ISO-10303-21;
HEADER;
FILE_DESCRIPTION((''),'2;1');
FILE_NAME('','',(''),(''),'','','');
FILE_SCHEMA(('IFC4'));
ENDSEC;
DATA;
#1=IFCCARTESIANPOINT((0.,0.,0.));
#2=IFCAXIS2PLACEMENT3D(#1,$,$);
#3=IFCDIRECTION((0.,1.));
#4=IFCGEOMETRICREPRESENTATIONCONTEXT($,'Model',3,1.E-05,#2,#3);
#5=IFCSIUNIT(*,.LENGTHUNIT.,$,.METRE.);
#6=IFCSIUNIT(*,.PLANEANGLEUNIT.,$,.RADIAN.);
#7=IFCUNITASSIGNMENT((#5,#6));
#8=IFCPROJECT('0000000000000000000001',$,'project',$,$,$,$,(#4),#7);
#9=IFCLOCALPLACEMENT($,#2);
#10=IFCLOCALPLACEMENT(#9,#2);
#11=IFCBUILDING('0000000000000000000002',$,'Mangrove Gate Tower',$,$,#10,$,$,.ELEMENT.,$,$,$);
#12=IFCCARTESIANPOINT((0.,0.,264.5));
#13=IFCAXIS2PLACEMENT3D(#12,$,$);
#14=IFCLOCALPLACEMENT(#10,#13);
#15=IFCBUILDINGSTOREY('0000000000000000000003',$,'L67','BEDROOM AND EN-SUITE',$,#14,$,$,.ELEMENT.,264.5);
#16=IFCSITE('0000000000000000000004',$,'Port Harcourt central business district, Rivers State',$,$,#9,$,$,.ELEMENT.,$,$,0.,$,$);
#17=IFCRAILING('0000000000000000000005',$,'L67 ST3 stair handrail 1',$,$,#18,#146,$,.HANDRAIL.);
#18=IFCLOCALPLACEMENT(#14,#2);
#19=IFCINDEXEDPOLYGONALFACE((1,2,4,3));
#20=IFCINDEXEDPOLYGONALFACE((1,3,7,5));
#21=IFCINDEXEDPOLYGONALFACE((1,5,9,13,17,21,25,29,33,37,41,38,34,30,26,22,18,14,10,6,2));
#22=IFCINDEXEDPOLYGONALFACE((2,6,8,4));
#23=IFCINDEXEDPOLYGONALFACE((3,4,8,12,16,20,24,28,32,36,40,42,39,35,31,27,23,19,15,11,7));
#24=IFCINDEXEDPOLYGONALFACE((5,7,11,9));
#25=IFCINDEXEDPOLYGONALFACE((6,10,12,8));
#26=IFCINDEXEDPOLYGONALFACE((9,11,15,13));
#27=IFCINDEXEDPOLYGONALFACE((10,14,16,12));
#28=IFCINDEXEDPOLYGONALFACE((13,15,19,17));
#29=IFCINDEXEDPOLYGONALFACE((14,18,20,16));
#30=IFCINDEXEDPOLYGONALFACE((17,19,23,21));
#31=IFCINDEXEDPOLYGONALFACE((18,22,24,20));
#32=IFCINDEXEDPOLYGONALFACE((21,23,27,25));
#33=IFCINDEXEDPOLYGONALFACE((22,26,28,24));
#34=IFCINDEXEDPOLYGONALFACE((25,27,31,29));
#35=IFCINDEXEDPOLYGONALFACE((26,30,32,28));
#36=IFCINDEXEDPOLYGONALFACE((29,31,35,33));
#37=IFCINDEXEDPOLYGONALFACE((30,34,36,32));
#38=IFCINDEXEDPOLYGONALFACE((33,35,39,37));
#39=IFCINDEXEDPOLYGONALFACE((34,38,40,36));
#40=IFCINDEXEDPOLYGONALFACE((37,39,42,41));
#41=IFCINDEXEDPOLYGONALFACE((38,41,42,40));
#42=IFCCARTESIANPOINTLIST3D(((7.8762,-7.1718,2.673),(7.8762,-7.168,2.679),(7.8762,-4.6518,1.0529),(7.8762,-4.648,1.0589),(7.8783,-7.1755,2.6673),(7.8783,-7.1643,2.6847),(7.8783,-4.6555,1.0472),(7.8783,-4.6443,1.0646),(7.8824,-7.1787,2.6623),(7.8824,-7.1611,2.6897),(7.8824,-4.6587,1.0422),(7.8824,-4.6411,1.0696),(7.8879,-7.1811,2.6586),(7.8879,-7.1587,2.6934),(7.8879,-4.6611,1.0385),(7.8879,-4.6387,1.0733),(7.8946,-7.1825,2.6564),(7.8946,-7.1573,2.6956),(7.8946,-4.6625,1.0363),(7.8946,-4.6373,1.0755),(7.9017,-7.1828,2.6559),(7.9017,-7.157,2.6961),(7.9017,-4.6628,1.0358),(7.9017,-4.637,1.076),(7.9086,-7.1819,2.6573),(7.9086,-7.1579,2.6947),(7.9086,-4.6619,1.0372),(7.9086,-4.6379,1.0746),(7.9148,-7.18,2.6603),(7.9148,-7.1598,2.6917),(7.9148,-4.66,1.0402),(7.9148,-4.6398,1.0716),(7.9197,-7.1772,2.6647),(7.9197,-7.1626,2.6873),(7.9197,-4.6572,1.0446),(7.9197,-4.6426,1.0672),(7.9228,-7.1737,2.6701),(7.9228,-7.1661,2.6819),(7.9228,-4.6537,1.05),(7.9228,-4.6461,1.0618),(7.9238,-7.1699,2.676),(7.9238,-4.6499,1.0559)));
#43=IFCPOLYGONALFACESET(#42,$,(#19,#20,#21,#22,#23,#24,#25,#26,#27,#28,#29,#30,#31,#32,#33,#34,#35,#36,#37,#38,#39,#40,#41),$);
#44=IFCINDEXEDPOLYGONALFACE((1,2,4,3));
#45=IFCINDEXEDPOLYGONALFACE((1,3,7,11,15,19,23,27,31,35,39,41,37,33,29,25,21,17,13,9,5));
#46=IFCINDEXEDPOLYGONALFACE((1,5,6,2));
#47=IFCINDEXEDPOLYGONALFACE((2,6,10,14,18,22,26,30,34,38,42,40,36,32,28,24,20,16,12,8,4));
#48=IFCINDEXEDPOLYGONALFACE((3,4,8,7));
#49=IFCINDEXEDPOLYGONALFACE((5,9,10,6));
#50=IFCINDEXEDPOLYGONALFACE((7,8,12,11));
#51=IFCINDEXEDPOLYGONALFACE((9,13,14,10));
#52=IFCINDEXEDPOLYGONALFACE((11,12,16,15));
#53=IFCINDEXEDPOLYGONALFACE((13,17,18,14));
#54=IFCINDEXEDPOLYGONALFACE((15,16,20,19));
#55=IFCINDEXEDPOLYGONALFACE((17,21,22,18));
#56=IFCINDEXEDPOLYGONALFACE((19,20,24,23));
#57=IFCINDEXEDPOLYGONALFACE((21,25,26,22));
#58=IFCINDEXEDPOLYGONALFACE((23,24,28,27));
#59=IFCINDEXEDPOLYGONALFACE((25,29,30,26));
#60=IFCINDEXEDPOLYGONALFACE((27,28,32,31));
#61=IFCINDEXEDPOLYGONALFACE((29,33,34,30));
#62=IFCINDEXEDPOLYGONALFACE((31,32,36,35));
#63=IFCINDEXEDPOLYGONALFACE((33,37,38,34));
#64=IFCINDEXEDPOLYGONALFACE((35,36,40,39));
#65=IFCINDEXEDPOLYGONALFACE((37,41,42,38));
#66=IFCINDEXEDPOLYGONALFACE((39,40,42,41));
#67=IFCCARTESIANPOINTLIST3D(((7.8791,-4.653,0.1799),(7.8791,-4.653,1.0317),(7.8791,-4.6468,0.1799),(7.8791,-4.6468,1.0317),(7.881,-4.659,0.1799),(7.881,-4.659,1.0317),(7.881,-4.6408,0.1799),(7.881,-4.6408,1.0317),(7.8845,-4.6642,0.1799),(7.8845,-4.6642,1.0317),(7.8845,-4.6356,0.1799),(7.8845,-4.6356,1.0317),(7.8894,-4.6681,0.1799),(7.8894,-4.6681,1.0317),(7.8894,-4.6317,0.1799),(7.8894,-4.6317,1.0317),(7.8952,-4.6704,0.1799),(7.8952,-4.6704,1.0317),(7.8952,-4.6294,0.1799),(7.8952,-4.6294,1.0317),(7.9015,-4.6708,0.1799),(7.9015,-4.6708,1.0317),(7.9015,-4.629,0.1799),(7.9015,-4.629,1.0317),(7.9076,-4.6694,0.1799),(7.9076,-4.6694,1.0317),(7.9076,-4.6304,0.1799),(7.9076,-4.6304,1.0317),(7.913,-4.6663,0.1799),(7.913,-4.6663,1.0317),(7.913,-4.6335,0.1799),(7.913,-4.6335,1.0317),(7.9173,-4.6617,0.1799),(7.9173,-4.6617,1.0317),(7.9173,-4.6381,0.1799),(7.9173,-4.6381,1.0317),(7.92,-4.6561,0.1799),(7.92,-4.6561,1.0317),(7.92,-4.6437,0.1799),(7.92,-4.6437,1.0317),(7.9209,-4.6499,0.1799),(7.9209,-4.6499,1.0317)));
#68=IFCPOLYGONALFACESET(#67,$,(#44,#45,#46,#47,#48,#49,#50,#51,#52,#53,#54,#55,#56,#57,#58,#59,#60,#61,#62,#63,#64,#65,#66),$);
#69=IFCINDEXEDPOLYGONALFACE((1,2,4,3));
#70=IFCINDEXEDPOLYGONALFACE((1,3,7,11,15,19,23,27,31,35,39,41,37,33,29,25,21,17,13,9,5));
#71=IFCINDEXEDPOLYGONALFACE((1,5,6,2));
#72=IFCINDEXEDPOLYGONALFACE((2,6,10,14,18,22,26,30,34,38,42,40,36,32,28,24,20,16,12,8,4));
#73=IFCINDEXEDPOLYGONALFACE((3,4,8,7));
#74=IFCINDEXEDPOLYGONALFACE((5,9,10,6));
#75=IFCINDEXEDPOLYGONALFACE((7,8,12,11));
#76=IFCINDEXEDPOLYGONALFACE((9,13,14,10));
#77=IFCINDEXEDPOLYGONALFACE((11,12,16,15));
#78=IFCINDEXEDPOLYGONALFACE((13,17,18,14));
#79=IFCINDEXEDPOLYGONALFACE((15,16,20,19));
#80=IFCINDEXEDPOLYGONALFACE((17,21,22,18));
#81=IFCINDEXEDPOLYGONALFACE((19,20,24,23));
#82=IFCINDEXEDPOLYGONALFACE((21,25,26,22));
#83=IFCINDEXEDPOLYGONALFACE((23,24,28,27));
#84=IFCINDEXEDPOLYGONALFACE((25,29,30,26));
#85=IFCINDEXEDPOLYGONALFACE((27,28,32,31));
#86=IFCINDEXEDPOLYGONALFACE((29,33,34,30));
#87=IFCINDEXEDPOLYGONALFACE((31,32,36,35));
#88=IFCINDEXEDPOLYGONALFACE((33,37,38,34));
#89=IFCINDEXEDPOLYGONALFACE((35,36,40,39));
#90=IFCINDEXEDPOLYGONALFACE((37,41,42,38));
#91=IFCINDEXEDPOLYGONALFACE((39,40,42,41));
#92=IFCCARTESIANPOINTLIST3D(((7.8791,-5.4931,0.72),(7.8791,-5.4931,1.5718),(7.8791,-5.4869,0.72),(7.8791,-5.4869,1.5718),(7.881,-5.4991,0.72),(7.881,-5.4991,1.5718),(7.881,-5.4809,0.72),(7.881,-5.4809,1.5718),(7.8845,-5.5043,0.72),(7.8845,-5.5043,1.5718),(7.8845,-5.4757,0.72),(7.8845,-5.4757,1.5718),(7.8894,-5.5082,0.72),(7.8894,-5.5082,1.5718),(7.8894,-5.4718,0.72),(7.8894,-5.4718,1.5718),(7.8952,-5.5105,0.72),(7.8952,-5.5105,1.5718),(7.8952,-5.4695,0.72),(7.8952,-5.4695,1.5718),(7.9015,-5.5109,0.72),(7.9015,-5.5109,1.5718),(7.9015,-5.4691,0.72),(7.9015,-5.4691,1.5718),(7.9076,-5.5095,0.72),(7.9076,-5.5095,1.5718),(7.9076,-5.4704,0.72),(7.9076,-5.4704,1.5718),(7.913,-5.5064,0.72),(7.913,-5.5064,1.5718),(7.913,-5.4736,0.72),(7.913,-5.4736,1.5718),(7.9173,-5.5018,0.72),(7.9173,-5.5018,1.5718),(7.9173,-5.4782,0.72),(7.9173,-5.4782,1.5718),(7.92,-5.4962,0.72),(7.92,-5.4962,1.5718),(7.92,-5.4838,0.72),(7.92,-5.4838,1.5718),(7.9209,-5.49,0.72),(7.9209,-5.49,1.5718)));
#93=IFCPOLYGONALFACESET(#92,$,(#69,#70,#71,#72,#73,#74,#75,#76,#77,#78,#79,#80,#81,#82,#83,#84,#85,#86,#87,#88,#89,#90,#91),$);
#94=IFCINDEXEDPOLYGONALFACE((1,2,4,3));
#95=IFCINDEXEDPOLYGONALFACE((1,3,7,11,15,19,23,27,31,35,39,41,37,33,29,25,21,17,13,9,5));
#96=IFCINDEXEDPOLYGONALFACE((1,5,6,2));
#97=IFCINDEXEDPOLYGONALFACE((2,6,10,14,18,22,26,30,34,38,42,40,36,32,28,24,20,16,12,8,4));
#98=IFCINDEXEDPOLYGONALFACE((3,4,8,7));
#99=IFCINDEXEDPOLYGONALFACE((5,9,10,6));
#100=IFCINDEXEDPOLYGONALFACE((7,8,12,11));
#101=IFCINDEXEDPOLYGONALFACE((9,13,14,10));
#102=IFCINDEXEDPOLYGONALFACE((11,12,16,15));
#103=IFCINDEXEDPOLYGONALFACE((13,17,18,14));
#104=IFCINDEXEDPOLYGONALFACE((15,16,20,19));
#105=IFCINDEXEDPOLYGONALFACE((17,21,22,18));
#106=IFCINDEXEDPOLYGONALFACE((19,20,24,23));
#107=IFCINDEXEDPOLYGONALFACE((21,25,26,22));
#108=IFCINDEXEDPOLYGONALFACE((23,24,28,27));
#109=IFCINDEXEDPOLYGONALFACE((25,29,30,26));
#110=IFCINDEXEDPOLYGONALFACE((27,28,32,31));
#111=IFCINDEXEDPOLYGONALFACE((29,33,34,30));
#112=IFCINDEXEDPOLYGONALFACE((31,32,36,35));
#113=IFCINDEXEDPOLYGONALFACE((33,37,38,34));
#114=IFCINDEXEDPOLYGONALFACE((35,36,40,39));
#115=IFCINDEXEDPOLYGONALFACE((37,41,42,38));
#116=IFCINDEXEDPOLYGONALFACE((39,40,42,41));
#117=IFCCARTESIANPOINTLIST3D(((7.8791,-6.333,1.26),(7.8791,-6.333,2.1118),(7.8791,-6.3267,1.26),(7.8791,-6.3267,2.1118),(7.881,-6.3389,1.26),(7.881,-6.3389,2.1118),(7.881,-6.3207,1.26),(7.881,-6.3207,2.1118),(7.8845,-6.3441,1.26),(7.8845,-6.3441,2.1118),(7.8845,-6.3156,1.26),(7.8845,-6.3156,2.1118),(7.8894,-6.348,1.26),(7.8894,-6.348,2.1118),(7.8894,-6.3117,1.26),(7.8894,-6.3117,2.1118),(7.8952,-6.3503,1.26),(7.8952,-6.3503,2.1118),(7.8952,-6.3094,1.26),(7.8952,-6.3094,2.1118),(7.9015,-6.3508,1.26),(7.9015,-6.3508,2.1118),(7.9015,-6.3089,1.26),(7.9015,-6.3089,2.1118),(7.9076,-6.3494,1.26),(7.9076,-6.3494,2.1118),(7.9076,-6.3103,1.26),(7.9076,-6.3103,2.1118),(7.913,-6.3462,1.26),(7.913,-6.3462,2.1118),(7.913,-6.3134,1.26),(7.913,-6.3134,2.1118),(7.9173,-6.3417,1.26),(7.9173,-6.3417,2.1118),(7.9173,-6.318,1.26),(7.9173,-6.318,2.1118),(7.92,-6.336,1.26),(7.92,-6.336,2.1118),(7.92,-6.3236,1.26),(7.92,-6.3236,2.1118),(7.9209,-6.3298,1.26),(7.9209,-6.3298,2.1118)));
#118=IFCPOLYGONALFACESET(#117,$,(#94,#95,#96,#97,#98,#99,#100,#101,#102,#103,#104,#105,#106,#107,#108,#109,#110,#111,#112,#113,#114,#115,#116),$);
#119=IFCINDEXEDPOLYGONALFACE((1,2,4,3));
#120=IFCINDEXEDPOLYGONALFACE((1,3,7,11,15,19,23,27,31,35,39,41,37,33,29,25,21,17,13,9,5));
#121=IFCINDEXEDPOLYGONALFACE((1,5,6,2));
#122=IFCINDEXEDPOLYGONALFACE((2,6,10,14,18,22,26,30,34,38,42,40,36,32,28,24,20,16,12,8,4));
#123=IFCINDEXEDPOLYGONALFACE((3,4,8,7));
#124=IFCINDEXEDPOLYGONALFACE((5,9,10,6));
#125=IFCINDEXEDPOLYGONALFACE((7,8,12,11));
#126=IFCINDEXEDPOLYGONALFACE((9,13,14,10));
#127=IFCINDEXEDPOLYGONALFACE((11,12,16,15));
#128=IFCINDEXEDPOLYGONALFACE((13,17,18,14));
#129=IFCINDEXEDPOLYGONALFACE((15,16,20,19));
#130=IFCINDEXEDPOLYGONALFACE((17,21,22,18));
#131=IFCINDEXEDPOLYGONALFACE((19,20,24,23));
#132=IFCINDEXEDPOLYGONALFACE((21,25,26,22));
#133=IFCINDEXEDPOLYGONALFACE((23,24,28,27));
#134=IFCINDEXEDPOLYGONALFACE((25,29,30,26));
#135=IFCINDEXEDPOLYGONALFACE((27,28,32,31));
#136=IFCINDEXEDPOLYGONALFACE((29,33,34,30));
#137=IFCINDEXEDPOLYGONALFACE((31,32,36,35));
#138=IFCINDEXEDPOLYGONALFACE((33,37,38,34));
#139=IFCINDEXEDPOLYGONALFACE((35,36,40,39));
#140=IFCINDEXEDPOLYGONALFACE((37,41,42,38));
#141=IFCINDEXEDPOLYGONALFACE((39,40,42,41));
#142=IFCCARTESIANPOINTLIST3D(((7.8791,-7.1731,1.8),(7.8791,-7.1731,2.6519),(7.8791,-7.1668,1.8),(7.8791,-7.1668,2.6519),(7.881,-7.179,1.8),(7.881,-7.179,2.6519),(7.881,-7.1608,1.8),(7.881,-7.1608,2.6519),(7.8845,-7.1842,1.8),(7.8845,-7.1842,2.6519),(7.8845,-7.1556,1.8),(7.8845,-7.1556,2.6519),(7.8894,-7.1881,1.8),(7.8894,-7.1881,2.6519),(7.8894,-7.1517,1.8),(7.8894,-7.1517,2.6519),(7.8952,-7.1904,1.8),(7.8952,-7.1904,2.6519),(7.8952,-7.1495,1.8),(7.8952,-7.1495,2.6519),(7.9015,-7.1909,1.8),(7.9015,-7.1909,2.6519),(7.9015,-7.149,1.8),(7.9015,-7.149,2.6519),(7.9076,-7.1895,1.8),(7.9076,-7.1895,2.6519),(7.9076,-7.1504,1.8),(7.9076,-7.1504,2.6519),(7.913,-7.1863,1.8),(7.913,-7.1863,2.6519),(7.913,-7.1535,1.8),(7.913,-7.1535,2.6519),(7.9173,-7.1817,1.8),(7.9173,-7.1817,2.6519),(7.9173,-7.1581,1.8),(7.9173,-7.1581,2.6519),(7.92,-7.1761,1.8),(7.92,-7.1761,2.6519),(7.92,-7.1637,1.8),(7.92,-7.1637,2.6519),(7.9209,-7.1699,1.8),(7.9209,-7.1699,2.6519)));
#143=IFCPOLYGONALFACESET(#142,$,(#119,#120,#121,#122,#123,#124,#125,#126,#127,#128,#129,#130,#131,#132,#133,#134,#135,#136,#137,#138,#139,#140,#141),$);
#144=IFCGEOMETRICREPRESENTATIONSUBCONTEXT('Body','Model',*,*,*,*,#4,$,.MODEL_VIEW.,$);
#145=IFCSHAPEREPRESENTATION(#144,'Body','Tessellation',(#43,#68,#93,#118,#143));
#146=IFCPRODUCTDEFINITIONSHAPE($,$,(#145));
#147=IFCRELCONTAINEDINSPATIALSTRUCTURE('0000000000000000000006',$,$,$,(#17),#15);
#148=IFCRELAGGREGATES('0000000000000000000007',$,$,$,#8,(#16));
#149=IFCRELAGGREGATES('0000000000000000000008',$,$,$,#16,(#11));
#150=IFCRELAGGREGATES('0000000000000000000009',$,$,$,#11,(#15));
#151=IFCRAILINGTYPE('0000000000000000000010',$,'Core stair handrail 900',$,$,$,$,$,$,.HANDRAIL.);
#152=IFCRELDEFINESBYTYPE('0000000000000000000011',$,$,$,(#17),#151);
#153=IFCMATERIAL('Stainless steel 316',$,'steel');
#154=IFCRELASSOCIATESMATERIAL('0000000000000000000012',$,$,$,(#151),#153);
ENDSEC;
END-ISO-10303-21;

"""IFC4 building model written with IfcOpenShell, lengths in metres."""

from ifc_helpers import new_model, si_unit, direction, frame, origin, origin_2d, place, context, subcontext, project, spatial, circle, extrude, material, type_object, element, save


model = new_model("IFC4")

# Units and contexts
model_context = context("Model", 3, precision=1e-05, world=origin(), true_north=direction((0.0, 1.0)))
body_context = subcontext(model_context, "Body", "Model", "MODEL_VIEW")
ifc_project = project(units=[si_unit("LENGTHUNIT", "METRE"), si_unit("PLANEANGLEUNIT", "RADIAN")], contexts=[model_context])

# Site, building, storey
site_placement = place(None, origin())
site = spatial("IfcSite", under=ifc_project, at=site_placement, Name="Port Harcourt central business district, Rivers State", CompositionType="ELEMENT", RefElevation=0.0)
building_placement = place(site_placement, origin())
building = spatial("IfcBuilding", under=site, at=building_placement, Name="Mangrove Gate Tower", CompositionType="ELEMENT")
storey_placement = place(building_placement, frame((0.0, 0.0, 264.5)))
storey = spatial("IfcBuildingStorey", under=building, at=storey_placement, Name="L67", Description="BEDROOM AND EN-SUITE", CompositionType="ELEMENT", Elevation=264.5)

# Railing
ifc_material_1 = material(Name="Stainless steel 316", Category="steel")
railing_type_1 = type_object("IfcRailingType", Name="Core stair handrail 900", PredefinedType="HANDRAIL", material=ifc_material_1)
railing_1_placement = place(storey_placement, frame((7.8999, -4.6499, 0.1799)))
element("IfcRailing", 1, at=railing_1_placement, inside=storey, type_object=railing_type_1, Name="L67 ST3 stair handrail 1", PredefinedType="HANDRAIL", context=body_context, shape_type="SweptSolid", body=[
    extrude(circle(Radius=0.0239, at=origin_2d()), frame((0.0, 0.0, 0.876), z_axis=(0.0, -0.841163, 0.540782), x_axis=(1.0, 0.0, 0.0)), (0.0, 0.0, 1.0), 2.9958),
    extrude(circle(Radius=0.021, at=origin_2d()), origin(), (0.0, 0.0, 1.0), 0.8518),
    extrude(circle(Radius=0.021, at=origin_2d()), frame((0.0, -0.8401, 0.54)), (0.0, 0.0, 1.0), 0.8518),
    extrude(circle(Radius=0.021, at=origin_2d()), frame((0.0, -1.6799, 1.0801)), (0.0, 0.0, 1.0), 0.8518),
    extrude(circle(Radius=0.021, at=origin_2d()), frame((0.0, -2.52, 1.6201)), (0.0, 0.0, 1.0), 0.8518),
])

save(model, "model.ifc")
